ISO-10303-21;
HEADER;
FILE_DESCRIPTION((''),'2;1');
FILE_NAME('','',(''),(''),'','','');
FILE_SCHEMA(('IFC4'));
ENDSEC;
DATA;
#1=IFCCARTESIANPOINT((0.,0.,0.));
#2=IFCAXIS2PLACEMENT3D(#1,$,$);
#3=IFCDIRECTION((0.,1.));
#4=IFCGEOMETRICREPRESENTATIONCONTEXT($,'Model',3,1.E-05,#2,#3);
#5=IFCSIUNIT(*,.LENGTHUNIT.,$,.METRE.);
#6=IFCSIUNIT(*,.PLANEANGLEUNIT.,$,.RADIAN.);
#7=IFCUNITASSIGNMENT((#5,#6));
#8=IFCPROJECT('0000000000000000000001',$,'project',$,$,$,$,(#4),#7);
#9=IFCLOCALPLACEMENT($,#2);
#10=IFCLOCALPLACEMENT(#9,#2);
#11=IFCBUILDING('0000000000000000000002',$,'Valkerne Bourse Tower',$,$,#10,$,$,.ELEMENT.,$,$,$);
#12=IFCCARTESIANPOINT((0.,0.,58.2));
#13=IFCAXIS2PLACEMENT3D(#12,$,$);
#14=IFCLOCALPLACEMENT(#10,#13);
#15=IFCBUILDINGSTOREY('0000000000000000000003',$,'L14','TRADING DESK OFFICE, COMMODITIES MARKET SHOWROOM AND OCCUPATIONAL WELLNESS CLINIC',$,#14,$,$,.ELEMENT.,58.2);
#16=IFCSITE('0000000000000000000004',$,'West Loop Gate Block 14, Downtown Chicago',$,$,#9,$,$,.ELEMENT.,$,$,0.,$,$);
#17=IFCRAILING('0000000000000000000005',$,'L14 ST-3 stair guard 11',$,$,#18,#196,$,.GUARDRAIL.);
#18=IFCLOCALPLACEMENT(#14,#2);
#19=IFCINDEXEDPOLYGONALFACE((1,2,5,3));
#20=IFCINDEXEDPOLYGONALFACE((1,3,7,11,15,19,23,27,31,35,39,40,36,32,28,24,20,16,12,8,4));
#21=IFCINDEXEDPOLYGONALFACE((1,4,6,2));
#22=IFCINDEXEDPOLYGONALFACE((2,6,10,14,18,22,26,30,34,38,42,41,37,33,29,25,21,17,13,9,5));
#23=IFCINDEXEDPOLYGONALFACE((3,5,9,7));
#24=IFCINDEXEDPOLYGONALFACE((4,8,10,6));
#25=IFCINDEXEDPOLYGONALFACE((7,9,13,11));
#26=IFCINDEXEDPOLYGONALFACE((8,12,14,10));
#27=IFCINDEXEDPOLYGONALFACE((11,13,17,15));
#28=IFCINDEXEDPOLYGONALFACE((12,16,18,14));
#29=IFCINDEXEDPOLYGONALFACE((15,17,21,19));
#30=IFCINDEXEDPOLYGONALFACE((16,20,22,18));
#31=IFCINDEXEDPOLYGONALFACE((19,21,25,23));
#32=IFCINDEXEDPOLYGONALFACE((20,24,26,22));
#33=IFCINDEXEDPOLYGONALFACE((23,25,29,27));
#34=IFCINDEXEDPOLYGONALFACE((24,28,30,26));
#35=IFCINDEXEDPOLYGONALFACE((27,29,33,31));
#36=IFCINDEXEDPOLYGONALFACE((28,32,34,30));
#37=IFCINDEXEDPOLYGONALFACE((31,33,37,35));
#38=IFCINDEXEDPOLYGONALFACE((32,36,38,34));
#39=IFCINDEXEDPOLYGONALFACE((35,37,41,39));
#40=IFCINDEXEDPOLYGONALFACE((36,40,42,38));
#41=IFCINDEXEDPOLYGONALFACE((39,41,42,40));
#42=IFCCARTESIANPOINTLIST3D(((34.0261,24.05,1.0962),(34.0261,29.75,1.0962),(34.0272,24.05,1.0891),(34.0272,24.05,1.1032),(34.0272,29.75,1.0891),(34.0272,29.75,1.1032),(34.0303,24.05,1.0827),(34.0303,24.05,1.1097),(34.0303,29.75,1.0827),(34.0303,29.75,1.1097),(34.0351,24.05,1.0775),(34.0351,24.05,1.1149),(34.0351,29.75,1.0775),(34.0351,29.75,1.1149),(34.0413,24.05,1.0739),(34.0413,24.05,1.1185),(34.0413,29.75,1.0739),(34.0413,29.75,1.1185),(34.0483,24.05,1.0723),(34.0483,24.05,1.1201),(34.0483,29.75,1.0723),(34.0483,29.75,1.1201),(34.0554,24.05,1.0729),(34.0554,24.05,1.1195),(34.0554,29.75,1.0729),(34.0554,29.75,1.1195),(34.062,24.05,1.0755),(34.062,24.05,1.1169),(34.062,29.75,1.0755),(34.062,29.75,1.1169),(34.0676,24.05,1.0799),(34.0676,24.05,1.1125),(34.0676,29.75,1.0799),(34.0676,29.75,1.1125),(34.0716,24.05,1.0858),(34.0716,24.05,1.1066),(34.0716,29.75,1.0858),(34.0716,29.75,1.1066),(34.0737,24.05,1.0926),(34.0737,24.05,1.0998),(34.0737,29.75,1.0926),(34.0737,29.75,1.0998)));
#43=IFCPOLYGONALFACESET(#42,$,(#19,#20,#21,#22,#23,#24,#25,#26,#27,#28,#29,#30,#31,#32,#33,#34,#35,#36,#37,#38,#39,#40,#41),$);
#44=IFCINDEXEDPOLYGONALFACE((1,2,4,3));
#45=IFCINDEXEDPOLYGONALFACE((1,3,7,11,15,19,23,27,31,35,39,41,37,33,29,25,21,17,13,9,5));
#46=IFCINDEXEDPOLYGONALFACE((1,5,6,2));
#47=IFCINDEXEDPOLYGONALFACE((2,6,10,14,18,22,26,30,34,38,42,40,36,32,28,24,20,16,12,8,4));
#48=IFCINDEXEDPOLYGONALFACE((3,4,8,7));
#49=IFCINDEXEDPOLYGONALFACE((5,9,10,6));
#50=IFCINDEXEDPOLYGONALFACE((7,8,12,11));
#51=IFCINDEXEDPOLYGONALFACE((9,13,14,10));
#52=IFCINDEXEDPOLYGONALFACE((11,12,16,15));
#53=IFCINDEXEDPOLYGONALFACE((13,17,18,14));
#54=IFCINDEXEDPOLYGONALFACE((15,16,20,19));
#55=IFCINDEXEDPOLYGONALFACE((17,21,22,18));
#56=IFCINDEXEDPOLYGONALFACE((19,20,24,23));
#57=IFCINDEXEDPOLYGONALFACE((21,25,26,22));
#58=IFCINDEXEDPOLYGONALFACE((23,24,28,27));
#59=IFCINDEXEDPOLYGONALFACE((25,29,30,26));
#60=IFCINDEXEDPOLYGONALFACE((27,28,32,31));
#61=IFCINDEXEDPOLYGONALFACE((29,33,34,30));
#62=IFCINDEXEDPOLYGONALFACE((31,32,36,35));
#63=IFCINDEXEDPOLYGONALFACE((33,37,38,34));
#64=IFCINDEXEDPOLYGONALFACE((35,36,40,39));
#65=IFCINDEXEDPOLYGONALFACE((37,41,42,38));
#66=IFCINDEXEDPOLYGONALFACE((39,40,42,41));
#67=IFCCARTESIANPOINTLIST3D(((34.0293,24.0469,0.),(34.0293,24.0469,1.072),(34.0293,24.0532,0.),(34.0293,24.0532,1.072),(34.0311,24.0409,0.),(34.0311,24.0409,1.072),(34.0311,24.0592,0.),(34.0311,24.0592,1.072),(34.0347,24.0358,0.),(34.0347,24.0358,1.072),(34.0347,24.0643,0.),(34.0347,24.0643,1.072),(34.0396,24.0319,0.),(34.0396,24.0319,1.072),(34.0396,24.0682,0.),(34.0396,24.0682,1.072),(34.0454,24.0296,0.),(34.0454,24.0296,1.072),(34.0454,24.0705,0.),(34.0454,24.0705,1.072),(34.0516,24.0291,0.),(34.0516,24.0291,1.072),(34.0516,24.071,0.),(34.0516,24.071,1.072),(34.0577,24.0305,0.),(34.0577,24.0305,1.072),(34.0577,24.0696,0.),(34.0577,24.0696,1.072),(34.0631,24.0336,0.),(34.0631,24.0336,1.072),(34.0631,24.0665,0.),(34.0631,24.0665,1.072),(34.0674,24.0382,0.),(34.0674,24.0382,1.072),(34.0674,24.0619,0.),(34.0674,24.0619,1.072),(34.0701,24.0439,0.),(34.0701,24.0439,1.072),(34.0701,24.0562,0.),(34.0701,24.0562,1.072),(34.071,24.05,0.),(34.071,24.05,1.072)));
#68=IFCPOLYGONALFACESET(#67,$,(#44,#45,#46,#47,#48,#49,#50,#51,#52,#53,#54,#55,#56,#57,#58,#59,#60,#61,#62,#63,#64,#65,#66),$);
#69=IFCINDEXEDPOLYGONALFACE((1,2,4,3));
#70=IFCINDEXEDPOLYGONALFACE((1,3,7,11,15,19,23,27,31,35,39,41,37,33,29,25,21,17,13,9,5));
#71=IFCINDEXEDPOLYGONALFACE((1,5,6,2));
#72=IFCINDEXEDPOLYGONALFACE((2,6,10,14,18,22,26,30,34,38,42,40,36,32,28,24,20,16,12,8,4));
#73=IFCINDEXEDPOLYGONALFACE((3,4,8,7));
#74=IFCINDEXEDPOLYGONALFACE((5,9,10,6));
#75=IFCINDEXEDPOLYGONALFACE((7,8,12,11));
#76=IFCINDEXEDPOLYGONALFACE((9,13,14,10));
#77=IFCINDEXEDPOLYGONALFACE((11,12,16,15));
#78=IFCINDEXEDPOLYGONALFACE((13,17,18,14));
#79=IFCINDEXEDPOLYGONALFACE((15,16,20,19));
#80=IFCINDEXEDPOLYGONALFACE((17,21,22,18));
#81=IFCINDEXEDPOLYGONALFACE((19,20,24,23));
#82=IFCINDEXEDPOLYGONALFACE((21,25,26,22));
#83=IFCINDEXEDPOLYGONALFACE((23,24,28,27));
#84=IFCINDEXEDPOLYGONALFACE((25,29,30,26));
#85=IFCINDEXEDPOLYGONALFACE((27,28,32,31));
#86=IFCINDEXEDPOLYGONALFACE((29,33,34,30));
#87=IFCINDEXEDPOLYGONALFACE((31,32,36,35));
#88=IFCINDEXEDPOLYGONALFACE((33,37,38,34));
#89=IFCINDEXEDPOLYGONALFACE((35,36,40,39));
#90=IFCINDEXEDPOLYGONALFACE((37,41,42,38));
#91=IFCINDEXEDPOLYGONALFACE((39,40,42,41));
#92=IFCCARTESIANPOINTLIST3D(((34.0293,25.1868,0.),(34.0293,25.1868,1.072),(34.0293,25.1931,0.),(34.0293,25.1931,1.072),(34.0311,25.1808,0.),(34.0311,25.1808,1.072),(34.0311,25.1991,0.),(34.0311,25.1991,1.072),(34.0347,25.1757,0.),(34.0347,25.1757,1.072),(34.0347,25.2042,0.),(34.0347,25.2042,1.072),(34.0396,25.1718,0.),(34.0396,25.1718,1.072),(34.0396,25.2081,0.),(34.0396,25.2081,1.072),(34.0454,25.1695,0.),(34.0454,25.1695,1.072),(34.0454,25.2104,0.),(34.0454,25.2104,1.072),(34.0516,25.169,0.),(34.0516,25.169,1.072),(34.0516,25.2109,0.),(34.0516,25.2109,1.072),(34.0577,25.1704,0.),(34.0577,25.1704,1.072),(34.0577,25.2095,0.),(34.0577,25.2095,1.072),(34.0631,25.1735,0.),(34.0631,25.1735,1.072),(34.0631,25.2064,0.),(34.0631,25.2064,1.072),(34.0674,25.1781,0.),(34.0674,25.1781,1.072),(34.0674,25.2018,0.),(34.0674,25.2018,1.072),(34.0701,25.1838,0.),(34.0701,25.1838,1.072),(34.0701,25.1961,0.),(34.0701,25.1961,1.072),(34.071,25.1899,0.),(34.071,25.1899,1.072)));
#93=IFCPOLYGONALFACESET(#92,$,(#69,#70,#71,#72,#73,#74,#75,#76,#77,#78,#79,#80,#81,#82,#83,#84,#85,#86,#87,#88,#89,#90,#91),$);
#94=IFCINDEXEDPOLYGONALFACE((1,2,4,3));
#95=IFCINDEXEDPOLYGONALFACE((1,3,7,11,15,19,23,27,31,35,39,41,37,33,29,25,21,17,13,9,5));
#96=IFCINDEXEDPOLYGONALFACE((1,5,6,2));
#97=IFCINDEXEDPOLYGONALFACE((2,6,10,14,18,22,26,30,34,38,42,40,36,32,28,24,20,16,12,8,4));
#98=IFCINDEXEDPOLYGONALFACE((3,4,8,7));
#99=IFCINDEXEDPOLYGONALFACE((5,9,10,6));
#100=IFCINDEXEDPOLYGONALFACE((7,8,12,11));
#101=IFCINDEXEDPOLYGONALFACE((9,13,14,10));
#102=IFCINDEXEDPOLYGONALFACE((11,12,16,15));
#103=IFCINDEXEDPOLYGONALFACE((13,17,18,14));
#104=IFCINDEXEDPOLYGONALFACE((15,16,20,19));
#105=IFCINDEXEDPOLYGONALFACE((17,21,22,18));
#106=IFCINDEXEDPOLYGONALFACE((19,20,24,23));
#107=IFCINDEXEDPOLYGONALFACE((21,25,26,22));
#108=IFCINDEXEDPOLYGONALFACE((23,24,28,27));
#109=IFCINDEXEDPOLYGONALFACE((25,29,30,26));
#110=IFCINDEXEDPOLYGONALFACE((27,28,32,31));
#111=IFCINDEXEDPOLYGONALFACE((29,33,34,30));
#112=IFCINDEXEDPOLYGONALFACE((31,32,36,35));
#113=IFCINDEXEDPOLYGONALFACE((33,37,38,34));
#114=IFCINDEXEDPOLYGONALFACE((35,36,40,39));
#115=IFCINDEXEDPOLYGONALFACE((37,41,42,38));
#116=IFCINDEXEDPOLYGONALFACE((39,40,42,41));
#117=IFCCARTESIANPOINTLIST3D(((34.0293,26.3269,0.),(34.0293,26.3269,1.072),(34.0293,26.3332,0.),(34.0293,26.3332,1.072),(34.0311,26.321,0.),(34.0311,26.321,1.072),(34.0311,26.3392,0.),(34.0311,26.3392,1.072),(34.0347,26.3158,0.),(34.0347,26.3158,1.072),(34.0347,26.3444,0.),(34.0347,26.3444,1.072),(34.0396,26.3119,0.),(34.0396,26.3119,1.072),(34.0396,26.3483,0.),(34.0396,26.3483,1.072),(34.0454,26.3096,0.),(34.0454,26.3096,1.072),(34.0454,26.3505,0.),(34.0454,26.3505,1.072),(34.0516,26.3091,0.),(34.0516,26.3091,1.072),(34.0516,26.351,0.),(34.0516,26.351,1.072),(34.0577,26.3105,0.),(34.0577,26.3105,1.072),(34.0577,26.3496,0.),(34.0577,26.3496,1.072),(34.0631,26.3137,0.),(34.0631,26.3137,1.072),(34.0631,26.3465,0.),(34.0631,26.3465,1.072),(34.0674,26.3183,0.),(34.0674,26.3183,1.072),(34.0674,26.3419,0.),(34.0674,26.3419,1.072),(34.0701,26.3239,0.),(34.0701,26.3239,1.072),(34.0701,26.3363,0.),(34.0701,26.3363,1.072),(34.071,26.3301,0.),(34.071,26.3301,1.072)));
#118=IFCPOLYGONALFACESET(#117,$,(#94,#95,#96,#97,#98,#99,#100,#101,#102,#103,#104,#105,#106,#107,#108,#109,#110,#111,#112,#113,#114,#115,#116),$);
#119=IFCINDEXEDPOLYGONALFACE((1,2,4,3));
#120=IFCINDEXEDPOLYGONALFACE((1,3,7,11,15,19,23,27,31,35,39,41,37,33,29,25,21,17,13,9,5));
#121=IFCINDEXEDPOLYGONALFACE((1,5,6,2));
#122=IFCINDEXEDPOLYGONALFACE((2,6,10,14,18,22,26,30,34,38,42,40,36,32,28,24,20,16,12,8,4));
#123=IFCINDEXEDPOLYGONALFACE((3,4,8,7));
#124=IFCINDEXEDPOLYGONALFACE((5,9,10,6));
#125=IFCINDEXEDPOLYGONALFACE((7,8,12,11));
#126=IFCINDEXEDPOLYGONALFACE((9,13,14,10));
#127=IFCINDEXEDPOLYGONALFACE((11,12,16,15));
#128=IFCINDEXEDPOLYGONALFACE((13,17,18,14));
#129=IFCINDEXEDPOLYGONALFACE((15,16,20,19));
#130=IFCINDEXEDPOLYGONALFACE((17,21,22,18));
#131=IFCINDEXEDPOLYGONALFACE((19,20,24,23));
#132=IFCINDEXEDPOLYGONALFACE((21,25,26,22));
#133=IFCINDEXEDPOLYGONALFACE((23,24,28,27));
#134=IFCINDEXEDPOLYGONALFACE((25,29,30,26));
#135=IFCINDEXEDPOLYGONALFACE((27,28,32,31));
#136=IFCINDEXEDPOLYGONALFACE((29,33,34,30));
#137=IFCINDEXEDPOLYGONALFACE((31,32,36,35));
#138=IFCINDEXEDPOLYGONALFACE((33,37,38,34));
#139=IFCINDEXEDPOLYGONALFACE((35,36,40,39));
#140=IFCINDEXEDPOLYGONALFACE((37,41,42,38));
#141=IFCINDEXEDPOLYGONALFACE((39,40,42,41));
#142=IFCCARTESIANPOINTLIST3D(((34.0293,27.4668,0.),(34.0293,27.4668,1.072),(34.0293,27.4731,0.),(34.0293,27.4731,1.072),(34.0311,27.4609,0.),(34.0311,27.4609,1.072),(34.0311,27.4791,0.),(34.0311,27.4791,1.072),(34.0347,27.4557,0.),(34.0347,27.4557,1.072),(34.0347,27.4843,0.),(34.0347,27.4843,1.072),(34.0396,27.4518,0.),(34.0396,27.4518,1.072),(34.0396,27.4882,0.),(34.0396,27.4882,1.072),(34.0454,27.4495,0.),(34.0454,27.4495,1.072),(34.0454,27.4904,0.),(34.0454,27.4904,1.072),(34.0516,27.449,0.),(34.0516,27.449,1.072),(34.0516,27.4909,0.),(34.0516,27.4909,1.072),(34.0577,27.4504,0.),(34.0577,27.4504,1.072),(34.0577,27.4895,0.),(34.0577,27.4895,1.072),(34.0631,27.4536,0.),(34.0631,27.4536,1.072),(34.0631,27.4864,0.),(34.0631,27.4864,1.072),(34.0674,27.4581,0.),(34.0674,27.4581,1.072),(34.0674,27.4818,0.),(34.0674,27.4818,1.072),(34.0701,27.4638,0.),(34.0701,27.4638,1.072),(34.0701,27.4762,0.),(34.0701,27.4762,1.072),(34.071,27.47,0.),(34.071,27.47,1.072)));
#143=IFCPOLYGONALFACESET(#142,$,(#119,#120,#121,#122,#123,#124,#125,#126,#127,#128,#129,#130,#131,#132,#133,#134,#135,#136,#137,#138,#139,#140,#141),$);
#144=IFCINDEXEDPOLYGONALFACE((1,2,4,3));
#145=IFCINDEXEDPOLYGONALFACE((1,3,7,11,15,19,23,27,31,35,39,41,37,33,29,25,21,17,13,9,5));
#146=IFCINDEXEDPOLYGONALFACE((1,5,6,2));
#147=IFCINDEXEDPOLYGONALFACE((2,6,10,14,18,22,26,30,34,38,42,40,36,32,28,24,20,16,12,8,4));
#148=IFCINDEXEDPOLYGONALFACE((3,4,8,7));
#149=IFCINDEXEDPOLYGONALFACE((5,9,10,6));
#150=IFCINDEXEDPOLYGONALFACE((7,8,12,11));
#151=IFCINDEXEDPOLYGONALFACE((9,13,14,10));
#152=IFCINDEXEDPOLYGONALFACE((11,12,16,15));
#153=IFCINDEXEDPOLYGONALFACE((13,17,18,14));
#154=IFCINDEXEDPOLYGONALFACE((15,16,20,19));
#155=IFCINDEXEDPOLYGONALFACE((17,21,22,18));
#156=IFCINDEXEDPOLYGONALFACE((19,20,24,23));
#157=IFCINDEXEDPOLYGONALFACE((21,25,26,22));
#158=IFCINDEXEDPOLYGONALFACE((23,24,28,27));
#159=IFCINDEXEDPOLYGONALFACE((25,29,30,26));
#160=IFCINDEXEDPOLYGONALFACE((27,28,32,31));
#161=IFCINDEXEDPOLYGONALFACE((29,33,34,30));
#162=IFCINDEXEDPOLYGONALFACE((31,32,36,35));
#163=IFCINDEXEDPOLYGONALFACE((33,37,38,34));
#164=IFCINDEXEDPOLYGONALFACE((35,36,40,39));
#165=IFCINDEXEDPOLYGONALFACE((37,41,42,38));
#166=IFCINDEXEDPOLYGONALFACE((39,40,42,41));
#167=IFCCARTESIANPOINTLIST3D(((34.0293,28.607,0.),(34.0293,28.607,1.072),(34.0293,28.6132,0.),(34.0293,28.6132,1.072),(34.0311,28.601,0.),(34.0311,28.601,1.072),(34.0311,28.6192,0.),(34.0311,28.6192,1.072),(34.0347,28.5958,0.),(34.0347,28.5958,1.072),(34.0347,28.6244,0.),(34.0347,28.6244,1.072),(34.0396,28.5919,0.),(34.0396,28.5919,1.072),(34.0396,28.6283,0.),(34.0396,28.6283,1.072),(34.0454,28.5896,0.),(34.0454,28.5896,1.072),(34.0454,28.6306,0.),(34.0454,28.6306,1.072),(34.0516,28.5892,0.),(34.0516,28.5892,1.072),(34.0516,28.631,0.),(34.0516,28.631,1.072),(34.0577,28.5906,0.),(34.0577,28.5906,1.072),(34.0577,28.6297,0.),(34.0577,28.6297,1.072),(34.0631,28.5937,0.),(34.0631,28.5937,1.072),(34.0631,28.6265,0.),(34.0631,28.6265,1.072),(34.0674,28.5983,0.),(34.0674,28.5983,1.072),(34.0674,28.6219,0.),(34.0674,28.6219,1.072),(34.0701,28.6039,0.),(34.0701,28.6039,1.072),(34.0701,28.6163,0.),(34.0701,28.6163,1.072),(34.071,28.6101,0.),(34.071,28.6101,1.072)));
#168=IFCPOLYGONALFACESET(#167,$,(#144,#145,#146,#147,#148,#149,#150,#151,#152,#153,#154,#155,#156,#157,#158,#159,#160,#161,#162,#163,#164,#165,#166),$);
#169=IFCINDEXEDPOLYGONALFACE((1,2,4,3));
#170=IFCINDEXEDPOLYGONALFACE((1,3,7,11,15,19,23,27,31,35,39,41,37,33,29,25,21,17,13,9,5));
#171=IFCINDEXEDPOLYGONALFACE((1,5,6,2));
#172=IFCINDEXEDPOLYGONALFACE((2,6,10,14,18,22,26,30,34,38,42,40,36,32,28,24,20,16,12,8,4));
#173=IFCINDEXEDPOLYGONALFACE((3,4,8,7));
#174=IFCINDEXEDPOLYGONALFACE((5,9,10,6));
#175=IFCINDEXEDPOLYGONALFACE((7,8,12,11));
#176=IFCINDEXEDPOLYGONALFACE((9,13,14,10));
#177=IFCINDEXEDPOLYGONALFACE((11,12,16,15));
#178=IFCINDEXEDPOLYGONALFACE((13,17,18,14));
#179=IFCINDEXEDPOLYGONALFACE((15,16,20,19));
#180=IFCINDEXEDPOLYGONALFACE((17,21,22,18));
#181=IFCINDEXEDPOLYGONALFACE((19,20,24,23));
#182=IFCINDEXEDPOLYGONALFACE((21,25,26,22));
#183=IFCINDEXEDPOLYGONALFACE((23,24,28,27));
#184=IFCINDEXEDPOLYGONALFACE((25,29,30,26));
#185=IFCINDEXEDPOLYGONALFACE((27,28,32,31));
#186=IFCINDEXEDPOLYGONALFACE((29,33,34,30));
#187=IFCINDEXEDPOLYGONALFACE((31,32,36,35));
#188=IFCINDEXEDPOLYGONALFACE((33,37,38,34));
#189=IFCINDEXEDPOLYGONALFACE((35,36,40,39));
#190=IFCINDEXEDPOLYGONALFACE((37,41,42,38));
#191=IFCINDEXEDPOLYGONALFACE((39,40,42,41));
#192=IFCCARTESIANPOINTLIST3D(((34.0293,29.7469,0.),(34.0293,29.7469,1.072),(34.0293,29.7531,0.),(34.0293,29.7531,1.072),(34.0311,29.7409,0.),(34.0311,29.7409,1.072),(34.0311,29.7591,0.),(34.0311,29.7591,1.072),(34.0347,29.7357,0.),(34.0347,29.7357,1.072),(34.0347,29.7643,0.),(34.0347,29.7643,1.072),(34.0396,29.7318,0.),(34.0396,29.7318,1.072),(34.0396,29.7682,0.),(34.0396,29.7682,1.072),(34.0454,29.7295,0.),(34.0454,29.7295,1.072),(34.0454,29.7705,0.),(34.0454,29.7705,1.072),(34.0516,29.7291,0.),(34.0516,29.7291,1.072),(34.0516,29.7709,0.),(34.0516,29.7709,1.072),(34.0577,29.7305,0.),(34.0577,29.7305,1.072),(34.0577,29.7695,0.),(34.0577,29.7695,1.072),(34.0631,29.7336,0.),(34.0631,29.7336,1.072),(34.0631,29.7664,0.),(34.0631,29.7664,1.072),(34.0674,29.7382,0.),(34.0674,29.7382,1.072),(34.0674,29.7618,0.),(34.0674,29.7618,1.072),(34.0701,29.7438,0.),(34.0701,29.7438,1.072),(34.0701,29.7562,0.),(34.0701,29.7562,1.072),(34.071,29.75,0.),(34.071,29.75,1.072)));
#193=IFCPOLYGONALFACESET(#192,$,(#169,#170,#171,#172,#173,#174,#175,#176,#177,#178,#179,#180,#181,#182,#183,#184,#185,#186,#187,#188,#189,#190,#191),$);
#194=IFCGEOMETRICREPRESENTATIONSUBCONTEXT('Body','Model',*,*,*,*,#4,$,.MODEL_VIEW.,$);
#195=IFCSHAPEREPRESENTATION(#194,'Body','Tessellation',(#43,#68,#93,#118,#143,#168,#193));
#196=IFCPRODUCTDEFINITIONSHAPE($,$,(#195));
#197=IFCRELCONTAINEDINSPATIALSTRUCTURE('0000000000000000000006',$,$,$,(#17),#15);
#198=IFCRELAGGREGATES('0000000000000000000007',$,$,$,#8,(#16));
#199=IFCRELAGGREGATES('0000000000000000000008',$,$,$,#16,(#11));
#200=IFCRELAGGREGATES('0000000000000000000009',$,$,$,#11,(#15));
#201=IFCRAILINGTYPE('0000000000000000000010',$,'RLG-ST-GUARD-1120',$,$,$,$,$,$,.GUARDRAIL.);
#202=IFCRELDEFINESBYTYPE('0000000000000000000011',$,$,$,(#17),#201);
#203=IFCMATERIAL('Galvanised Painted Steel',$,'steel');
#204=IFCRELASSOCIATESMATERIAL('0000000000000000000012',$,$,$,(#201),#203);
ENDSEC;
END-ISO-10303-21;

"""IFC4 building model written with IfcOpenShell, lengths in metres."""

from ifc_helpers import new_model, si_unit, direction, frame, origin, origin_2d, place, context, subcontext, project, spatial, circle, extrude, material, type_object, element, save


model = new_model("IFC4")

# Units and contexts
model_context = context("Model", 3, precision=1e-05, world=origin(), true_north=direction((0.0, 1.0)))
body_context = subcontext(model_context, "Body", "Model", "MODEL_VIEW")
ifc_project = project(units=[si_unit("LENGTHUNIT", "METRE"), si_unit("PLANEANGLEUNIT", "RADIAN")], contexts=[model_context])

# Site, building, storey
site_placement = place(None, origin())
site = spatial("IfcSite", under=ifc_project, at=site_placement, Name="West Loop Gate Block 14, Downtown Chicago", CompositionType="ELEMENT", RefElevation=0.0)
building_placement = place(site_placement, origin())
building = spatial("IfcBuilding", under=site, at=building_placement, Name="Valkerne Bourse Tower", CompositionType="ELEMENT")
storey_placement = place(building_placement, frame((0.0, 0.0, 58.2)))
storey = spatial("IfcBuildingStorey", under=building, at=storey_placement, Name="L14", Description="TRADING DESK OFFICE, COMMODITIES MARKET SHOWROOM AND OCCUPATIONAL WELLNESS CLINIC", CompositionType="ELEMENT", Elevation=58.2)

# Shared definitions
ifc_material_1 = material(Name="Galvanised Painted Steel", Category="steel")

# Railing
railing_type = type_object("IfcRailingType", Name="RLG-ST-GUARD-1120", PredefinedType="GUARDRAIL", material=ifc_material_1)
for number, where, name in (
    (1, (34.05, 24.05, 0.0), "L14 ST-3 stair guard 11"),
):
    element("IfcRailing", number, at=place(storey_placement, frame(where)), inside=storey, type_object=railing_type, Name=name, PredefinedType="GUARDRAIL", context=body_context, shape_type="SweptSolid", body=[
        extrude(circle(Radius=0.0239, at=origin_2d()), frame((0.0, 0.0, 1.0962), z_axis=(0.0, 1.0, 0.0), x_axis=(-1.0, 0.0, 0.0)), (0.0, 0.0, 1.0), 5.7),
        extrude(circle(Radius=0.021, at=origin_2d()), origin(), (0.0, 0.0, 1.0), 1.072),
        extrude(circle(Radius=0.021, at=origin_2d()), frame((0.0, 1.1399, 0.0)), (0.0, 0.0, 1.0), 1.072),
        extrude(circle(Radius=0.021, at=origin_2d()), frame((0.0, 2.28, 0.0)), (0.0, 0.0, 1.0), 1.072),
        extrude(circle(Radius=0.021, at=origin_2d()), frame((0.0, 3.4199, 0.0)), (0.0, 0.0, 1.0), 1.072),
        extrude(circle(Radius=0.021, at=origin_2d()), frame((0.0, 4.5601, 0.0)), (0.0, 0.0, 1.0), 1.072),
        extrude(circle(Radius=0.021, at=origin_2d()), frame((0.0, 5.7, 0.0)), (0.0, 0.0, 1.0), 1.072),
    ])

save(model, "model.ifc")
